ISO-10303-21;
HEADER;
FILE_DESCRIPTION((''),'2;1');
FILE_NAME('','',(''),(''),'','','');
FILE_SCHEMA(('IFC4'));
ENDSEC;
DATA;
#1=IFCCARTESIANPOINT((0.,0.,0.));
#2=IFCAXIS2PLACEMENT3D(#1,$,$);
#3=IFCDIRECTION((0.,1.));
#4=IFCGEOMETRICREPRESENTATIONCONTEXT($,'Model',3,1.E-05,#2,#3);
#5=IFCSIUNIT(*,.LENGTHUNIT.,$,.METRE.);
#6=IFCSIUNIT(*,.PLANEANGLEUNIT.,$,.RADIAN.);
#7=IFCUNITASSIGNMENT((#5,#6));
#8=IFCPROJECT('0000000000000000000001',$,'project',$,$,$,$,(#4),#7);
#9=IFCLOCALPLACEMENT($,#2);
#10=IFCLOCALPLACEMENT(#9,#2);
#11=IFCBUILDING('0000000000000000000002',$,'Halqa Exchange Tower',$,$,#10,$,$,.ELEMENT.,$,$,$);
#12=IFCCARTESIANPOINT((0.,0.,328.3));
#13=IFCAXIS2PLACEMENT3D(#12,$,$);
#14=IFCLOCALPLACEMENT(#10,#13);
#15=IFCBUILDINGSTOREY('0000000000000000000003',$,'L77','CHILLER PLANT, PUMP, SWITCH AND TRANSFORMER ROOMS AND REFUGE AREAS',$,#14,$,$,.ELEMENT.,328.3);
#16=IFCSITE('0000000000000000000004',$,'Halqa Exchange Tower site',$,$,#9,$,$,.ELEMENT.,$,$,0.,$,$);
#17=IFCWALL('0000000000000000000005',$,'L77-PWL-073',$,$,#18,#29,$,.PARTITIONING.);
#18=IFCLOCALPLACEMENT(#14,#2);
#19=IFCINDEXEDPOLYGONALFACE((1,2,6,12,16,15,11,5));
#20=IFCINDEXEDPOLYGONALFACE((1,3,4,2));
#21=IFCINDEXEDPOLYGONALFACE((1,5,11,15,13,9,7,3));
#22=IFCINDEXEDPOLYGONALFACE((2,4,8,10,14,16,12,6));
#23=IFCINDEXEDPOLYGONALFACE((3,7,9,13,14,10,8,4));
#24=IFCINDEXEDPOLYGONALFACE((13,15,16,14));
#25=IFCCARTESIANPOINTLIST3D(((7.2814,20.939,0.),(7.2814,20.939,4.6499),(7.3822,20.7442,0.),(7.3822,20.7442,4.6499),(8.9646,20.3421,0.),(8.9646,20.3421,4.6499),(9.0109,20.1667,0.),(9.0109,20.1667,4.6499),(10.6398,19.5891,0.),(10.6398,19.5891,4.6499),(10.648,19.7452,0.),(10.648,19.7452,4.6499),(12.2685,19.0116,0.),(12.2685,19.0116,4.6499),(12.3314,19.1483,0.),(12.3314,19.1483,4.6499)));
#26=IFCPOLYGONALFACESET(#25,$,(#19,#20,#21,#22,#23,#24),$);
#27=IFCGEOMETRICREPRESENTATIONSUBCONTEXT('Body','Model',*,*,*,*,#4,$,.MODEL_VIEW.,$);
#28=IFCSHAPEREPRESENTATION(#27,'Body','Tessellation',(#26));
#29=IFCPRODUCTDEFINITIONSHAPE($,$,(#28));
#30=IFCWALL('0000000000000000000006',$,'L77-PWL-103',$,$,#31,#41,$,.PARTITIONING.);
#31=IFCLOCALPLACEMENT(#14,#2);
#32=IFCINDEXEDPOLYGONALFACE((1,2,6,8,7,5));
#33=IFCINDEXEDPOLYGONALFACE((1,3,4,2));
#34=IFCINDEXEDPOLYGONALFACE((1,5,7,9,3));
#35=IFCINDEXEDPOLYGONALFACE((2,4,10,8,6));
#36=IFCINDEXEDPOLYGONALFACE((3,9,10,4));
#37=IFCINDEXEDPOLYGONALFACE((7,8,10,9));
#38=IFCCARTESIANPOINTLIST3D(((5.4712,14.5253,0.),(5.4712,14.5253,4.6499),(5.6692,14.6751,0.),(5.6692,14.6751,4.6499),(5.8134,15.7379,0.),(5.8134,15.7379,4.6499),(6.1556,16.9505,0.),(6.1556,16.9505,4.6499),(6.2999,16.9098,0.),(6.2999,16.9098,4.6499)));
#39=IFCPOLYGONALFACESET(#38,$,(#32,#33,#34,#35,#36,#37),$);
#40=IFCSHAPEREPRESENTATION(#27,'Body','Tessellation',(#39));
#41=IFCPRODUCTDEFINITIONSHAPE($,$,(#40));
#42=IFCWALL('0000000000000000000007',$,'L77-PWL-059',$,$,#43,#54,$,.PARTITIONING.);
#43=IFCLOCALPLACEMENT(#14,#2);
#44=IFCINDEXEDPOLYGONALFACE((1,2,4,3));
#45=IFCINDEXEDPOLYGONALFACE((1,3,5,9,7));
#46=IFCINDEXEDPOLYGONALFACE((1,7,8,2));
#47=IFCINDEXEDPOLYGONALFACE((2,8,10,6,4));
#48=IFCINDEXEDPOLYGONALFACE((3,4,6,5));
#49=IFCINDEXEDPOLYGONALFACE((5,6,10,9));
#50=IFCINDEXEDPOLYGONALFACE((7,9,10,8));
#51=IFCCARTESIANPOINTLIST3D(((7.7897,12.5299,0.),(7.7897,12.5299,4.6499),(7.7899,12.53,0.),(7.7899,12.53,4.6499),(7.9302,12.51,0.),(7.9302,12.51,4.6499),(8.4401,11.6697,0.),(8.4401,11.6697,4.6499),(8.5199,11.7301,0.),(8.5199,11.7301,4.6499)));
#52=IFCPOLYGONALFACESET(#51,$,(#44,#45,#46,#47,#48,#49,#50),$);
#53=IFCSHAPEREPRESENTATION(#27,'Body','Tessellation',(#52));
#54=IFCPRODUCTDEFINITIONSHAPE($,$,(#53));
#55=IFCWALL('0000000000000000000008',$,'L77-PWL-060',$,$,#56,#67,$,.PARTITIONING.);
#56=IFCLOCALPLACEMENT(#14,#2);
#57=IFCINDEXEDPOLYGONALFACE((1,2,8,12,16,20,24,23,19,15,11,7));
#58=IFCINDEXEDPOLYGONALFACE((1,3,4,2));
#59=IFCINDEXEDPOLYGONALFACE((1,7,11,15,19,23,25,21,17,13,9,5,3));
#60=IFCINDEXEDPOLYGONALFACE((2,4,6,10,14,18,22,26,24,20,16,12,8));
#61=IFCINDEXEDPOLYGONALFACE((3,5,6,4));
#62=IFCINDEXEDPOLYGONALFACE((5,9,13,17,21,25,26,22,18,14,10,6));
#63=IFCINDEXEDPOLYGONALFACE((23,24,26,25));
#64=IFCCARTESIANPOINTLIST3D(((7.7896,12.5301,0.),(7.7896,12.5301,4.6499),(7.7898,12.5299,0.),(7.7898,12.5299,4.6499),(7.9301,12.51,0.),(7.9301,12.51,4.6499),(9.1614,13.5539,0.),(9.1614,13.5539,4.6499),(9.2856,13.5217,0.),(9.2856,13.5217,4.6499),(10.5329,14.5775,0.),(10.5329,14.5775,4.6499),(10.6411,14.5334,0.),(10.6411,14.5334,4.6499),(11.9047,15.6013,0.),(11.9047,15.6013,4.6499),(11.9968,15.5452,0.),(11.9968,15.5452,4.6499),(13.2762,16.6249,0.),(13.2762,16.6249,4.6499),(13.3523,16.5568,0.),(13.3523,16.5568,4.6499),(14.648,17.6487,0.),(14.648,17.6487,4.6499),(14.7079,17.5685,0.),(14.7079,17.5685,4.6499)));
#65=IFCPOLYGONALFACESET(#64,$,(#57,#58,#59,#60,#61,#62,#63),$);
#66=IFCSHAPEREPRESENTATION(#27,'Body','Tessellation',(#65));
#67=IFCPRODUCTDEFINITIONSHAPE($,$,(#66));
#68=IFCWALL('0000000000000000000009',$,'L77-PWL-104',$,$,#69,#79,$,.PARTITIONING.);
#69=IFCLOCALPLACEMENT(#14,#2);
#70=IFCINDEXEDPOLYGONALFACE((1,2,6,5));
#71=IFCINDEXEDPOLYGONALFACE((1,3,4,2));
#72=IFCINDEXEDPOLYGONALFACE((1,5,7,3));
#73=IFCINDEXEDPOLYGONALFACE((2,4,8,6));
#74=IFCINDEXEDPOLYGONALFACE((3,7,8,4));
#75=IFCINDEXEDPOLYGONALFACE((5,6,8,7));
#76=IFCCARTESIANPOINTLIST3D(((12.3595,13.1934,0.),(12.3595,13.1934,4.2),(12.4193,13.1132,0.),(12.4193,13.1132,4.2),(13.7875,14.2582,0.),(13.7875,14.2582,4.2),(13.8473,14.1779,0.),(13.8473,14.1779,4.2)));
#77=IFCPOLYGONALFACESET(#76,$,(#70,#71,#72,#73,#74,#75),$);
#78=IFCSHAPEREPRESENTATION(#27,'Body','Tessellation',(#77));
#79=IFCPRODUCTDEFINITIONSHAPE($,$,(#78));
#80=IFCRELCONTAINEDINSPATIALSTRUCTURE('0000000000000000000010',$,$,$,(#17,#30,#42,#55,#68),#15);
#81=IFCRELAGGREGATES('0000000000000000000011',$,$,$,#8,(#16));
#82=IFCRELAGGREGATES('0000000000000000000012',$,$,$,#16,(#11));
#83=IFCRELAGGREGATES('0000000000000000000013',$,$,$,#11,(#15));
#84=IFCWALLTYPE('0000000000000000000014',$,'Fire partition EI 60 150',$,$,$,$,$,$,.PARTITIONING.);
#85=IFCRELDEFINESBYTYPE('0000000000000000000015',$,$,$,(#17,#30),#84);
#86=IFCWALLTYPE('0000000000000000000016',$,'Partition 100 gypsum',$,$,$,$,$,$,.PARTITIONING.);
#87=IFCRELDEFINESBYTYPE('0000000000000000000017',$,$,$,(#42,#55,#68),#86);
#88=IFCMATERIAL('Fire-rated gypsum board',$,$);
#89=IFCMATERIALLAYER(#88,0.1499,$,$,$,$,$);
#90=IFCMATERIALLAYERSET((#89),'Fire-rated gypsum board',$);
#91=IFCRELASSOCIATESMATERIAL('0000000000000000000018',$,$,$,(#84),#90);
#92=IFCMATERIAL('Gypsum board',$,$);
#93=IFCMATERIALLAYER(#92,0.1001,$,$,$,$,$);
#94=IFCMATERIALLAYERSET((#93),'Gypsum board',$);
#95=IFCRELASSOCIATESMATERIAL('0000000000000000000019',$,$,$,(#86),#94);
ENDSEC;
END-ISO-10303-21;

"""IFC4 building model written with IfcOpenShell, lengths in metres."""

from ifc_helpers import new_model, si_unit, direction, frame, origin, place, context, subcontext, project, spatial, polyline, outline, extrude, material, layer, layer_set, type_object, element, save


model = new_model("IFC4")

# Units and contexts
model_context = context("Model", 3, precision=1e-05, world=origin(), true_north=direction((0.0, 1.0)))
body_context = subcontext(model_context, "Body", "Model", "MODEL_VIEW")
ifc_project = project(units=[si_unit("LENGTHUNIT", "METRE"), si_unit("PLANEANGLEUNIT", "RADIAN")], contexts=[model_context])

# Site, building, storey
site_placement = place(None, origin())
site = spatial("IfcSite", under=ifc_project, at=site_placement, Name="Halqa Exchange Tower site", CompositionType="ELEMENT", RefElevation=0.0)
building_placement = place(site_placement, origin())
building = spatial("IfcBuilding", under=site, at=building_placement, Name="Halqa Exchange Tower", CompositionType="ELEMENT")
storey_placement = place(building_placement, frame((0.0, 0.0, 328.3)))
storey = spatial("IfcBuildingStorey", under=building, at=storey_placement, Name="L77", Description="CHILLER PLANT, PUMP, SWITCH AND TRANSFORMER ROOMS AND REFUGE AREAS", CompositionType="ELEMENT", Elevation=328.3)

# Shared definitions
ifc_material_1 = material(Name="Fire-rated gypsum board")
ifc_layer_1 = layer(ifc_material_1, 0.1499)
ifc_layer_set_1 = layer_set([ifc_layer_1], Name="Fire-rated gypsum board")
wall_type_1 = type_object("IfcWallType", Name="Fire partition EI 60 150", PredefinedType="PARTITIONING", material=ifc_layer_set_1)

# Walls
wall_1_placement = place(storey_placement, frame((12.3064, 19.0776, 0.0), z_axis=(0.0, 0.0, 1.0), x_axis=(-0.942502, 0.3342, 0.0)))
element("IfcWall", 1, at=wall_1_placement, inside=storey, type_object=wall_type_1, Name="L77-PWL-073", PredefinedType="PARTITIONING", context=body_context, shape_type="SweptSolid", body=[
    extrude(outline(polyline([(0.0, -0.075), (1.7861, -0.075), (3.5723, -0.075), (5.3582, -0.075), (5.198, 0.075), (3.47, 0.075), (1.7417, 0.075), (0.0137, 0.075), (0.0, -0.075)])), origin(), (0.0, 0.0, 1.0), 4.6499),
])
wall_2_placement = place(storey_placement, frame((6.2278, 16.9302, 0.0), z_axis=(0.0, 0.0, 1.0), x_axis=(-0.271624, -0.962404, 0.0)))
element("IfcWall", 2, at=wall_2_placement, inside=storey, type_object=wall_type_1, Name="L77-PWL-103", PredefinedType="PARTITIONING", context=body_context, shape_type="SweptSolid", body=[
    extrude(outline(polyline([(0.0, -0.075), (1.26, -0.075), (2.52, -0.075), (2.322, 0.075), (0.0, 0.075), (0.0, -0.075)])), origin(), (0.0, 0.0, 1.0), 4.6499),
])
ifc_material_2 = material(Name="Gypsum board")
ifc_layer_2 = layer(ifc_material_2, 0.1001)
ifc_layer_set_2 = layer_set([ifc_layer_2], Name="Gypsum board")
wall_type_2 = type_object("IfcWallType", Name="Partition 100 gypsum", PredefinedType="PARTITIONING", material=ifc_layer_set_2)
wall_3_placement = place(storey_placement, frame((7.8296, 12.5601, 0.0), z_axis=(0.0, 0.0, 1.0), x_axis=(0.603147, -0.79763, 0.0)))
element("IfcWall", 3, at=wall_3_placement, inside=storey, type_object=wall_type_2, Name="L77-PWL-059", PredefinedType="PARTITIONING", context=body_context, shape_type="SweptSolid", body=[
    extrude(outline(polyline([(1.0784, 0.05), (0.1006, 0.05), (0.0, -0.0498), (0.0, -0.05), (1.0784, -0.05), (1.0784, 0.05)])), origin(), (0.0, 0.0, 1.0), 4.6499),
])
wall_4_placement = place(storey_placement, frame((7.8196, 12.49, 0.0), z_axis=(0.0, 0.0, 1.0), x_axis=(0.801408, 0.598118, 0.0)))
element("IfcWall", 4, at=wall_4_placement, inside=storey, type_object=wall_type_2, Name="L77-PWL-060", PredefinedType="PARTITIONING", context=body_context, shape_type="SweptSolid", body=[
    extrude(outline(polyline([(0.0, 0.05), (0.0, 0.0498), (0.1006, -0.05), (1.792, -0.05), (3.4834, -0.05), (5.175, -0.05), (6.8665, -0.05), (8.5579, -0.05), (8.5579, 0.05), (6.8462, 0.05), (5.1348, 0.05), (3.4231, 0.05), (1.7117, 0.05), (0.0, 0.05)])), origin(), (0.0, 0.0, 1.0), 4.6499),
])
wall_5_placement = place(storey_placement, frame((12.3894, 13.1533, 0.0), z_axis=(0.0, 0.0, 1.0), x_axis=(0.801691, 0.597739, 0.0)))
element("IfcWall", 5, at=wall_5_placement, inside=storey, type_object=wall_type_2, Name="L77-PWL-104", PredefinedType="PARTITIONING", context=body_context, shape_type="SweptSolid", body=[
    extrude(outline(polyline([(0.0, 0.05), (0.0, -0.05), (1.7812, -0.05), (1.7812, 0.05), (0.0, 0.05)])), origin(), (0.0, 0.0, 1.0), 4.2),
])

save(model, "model.ifc")
